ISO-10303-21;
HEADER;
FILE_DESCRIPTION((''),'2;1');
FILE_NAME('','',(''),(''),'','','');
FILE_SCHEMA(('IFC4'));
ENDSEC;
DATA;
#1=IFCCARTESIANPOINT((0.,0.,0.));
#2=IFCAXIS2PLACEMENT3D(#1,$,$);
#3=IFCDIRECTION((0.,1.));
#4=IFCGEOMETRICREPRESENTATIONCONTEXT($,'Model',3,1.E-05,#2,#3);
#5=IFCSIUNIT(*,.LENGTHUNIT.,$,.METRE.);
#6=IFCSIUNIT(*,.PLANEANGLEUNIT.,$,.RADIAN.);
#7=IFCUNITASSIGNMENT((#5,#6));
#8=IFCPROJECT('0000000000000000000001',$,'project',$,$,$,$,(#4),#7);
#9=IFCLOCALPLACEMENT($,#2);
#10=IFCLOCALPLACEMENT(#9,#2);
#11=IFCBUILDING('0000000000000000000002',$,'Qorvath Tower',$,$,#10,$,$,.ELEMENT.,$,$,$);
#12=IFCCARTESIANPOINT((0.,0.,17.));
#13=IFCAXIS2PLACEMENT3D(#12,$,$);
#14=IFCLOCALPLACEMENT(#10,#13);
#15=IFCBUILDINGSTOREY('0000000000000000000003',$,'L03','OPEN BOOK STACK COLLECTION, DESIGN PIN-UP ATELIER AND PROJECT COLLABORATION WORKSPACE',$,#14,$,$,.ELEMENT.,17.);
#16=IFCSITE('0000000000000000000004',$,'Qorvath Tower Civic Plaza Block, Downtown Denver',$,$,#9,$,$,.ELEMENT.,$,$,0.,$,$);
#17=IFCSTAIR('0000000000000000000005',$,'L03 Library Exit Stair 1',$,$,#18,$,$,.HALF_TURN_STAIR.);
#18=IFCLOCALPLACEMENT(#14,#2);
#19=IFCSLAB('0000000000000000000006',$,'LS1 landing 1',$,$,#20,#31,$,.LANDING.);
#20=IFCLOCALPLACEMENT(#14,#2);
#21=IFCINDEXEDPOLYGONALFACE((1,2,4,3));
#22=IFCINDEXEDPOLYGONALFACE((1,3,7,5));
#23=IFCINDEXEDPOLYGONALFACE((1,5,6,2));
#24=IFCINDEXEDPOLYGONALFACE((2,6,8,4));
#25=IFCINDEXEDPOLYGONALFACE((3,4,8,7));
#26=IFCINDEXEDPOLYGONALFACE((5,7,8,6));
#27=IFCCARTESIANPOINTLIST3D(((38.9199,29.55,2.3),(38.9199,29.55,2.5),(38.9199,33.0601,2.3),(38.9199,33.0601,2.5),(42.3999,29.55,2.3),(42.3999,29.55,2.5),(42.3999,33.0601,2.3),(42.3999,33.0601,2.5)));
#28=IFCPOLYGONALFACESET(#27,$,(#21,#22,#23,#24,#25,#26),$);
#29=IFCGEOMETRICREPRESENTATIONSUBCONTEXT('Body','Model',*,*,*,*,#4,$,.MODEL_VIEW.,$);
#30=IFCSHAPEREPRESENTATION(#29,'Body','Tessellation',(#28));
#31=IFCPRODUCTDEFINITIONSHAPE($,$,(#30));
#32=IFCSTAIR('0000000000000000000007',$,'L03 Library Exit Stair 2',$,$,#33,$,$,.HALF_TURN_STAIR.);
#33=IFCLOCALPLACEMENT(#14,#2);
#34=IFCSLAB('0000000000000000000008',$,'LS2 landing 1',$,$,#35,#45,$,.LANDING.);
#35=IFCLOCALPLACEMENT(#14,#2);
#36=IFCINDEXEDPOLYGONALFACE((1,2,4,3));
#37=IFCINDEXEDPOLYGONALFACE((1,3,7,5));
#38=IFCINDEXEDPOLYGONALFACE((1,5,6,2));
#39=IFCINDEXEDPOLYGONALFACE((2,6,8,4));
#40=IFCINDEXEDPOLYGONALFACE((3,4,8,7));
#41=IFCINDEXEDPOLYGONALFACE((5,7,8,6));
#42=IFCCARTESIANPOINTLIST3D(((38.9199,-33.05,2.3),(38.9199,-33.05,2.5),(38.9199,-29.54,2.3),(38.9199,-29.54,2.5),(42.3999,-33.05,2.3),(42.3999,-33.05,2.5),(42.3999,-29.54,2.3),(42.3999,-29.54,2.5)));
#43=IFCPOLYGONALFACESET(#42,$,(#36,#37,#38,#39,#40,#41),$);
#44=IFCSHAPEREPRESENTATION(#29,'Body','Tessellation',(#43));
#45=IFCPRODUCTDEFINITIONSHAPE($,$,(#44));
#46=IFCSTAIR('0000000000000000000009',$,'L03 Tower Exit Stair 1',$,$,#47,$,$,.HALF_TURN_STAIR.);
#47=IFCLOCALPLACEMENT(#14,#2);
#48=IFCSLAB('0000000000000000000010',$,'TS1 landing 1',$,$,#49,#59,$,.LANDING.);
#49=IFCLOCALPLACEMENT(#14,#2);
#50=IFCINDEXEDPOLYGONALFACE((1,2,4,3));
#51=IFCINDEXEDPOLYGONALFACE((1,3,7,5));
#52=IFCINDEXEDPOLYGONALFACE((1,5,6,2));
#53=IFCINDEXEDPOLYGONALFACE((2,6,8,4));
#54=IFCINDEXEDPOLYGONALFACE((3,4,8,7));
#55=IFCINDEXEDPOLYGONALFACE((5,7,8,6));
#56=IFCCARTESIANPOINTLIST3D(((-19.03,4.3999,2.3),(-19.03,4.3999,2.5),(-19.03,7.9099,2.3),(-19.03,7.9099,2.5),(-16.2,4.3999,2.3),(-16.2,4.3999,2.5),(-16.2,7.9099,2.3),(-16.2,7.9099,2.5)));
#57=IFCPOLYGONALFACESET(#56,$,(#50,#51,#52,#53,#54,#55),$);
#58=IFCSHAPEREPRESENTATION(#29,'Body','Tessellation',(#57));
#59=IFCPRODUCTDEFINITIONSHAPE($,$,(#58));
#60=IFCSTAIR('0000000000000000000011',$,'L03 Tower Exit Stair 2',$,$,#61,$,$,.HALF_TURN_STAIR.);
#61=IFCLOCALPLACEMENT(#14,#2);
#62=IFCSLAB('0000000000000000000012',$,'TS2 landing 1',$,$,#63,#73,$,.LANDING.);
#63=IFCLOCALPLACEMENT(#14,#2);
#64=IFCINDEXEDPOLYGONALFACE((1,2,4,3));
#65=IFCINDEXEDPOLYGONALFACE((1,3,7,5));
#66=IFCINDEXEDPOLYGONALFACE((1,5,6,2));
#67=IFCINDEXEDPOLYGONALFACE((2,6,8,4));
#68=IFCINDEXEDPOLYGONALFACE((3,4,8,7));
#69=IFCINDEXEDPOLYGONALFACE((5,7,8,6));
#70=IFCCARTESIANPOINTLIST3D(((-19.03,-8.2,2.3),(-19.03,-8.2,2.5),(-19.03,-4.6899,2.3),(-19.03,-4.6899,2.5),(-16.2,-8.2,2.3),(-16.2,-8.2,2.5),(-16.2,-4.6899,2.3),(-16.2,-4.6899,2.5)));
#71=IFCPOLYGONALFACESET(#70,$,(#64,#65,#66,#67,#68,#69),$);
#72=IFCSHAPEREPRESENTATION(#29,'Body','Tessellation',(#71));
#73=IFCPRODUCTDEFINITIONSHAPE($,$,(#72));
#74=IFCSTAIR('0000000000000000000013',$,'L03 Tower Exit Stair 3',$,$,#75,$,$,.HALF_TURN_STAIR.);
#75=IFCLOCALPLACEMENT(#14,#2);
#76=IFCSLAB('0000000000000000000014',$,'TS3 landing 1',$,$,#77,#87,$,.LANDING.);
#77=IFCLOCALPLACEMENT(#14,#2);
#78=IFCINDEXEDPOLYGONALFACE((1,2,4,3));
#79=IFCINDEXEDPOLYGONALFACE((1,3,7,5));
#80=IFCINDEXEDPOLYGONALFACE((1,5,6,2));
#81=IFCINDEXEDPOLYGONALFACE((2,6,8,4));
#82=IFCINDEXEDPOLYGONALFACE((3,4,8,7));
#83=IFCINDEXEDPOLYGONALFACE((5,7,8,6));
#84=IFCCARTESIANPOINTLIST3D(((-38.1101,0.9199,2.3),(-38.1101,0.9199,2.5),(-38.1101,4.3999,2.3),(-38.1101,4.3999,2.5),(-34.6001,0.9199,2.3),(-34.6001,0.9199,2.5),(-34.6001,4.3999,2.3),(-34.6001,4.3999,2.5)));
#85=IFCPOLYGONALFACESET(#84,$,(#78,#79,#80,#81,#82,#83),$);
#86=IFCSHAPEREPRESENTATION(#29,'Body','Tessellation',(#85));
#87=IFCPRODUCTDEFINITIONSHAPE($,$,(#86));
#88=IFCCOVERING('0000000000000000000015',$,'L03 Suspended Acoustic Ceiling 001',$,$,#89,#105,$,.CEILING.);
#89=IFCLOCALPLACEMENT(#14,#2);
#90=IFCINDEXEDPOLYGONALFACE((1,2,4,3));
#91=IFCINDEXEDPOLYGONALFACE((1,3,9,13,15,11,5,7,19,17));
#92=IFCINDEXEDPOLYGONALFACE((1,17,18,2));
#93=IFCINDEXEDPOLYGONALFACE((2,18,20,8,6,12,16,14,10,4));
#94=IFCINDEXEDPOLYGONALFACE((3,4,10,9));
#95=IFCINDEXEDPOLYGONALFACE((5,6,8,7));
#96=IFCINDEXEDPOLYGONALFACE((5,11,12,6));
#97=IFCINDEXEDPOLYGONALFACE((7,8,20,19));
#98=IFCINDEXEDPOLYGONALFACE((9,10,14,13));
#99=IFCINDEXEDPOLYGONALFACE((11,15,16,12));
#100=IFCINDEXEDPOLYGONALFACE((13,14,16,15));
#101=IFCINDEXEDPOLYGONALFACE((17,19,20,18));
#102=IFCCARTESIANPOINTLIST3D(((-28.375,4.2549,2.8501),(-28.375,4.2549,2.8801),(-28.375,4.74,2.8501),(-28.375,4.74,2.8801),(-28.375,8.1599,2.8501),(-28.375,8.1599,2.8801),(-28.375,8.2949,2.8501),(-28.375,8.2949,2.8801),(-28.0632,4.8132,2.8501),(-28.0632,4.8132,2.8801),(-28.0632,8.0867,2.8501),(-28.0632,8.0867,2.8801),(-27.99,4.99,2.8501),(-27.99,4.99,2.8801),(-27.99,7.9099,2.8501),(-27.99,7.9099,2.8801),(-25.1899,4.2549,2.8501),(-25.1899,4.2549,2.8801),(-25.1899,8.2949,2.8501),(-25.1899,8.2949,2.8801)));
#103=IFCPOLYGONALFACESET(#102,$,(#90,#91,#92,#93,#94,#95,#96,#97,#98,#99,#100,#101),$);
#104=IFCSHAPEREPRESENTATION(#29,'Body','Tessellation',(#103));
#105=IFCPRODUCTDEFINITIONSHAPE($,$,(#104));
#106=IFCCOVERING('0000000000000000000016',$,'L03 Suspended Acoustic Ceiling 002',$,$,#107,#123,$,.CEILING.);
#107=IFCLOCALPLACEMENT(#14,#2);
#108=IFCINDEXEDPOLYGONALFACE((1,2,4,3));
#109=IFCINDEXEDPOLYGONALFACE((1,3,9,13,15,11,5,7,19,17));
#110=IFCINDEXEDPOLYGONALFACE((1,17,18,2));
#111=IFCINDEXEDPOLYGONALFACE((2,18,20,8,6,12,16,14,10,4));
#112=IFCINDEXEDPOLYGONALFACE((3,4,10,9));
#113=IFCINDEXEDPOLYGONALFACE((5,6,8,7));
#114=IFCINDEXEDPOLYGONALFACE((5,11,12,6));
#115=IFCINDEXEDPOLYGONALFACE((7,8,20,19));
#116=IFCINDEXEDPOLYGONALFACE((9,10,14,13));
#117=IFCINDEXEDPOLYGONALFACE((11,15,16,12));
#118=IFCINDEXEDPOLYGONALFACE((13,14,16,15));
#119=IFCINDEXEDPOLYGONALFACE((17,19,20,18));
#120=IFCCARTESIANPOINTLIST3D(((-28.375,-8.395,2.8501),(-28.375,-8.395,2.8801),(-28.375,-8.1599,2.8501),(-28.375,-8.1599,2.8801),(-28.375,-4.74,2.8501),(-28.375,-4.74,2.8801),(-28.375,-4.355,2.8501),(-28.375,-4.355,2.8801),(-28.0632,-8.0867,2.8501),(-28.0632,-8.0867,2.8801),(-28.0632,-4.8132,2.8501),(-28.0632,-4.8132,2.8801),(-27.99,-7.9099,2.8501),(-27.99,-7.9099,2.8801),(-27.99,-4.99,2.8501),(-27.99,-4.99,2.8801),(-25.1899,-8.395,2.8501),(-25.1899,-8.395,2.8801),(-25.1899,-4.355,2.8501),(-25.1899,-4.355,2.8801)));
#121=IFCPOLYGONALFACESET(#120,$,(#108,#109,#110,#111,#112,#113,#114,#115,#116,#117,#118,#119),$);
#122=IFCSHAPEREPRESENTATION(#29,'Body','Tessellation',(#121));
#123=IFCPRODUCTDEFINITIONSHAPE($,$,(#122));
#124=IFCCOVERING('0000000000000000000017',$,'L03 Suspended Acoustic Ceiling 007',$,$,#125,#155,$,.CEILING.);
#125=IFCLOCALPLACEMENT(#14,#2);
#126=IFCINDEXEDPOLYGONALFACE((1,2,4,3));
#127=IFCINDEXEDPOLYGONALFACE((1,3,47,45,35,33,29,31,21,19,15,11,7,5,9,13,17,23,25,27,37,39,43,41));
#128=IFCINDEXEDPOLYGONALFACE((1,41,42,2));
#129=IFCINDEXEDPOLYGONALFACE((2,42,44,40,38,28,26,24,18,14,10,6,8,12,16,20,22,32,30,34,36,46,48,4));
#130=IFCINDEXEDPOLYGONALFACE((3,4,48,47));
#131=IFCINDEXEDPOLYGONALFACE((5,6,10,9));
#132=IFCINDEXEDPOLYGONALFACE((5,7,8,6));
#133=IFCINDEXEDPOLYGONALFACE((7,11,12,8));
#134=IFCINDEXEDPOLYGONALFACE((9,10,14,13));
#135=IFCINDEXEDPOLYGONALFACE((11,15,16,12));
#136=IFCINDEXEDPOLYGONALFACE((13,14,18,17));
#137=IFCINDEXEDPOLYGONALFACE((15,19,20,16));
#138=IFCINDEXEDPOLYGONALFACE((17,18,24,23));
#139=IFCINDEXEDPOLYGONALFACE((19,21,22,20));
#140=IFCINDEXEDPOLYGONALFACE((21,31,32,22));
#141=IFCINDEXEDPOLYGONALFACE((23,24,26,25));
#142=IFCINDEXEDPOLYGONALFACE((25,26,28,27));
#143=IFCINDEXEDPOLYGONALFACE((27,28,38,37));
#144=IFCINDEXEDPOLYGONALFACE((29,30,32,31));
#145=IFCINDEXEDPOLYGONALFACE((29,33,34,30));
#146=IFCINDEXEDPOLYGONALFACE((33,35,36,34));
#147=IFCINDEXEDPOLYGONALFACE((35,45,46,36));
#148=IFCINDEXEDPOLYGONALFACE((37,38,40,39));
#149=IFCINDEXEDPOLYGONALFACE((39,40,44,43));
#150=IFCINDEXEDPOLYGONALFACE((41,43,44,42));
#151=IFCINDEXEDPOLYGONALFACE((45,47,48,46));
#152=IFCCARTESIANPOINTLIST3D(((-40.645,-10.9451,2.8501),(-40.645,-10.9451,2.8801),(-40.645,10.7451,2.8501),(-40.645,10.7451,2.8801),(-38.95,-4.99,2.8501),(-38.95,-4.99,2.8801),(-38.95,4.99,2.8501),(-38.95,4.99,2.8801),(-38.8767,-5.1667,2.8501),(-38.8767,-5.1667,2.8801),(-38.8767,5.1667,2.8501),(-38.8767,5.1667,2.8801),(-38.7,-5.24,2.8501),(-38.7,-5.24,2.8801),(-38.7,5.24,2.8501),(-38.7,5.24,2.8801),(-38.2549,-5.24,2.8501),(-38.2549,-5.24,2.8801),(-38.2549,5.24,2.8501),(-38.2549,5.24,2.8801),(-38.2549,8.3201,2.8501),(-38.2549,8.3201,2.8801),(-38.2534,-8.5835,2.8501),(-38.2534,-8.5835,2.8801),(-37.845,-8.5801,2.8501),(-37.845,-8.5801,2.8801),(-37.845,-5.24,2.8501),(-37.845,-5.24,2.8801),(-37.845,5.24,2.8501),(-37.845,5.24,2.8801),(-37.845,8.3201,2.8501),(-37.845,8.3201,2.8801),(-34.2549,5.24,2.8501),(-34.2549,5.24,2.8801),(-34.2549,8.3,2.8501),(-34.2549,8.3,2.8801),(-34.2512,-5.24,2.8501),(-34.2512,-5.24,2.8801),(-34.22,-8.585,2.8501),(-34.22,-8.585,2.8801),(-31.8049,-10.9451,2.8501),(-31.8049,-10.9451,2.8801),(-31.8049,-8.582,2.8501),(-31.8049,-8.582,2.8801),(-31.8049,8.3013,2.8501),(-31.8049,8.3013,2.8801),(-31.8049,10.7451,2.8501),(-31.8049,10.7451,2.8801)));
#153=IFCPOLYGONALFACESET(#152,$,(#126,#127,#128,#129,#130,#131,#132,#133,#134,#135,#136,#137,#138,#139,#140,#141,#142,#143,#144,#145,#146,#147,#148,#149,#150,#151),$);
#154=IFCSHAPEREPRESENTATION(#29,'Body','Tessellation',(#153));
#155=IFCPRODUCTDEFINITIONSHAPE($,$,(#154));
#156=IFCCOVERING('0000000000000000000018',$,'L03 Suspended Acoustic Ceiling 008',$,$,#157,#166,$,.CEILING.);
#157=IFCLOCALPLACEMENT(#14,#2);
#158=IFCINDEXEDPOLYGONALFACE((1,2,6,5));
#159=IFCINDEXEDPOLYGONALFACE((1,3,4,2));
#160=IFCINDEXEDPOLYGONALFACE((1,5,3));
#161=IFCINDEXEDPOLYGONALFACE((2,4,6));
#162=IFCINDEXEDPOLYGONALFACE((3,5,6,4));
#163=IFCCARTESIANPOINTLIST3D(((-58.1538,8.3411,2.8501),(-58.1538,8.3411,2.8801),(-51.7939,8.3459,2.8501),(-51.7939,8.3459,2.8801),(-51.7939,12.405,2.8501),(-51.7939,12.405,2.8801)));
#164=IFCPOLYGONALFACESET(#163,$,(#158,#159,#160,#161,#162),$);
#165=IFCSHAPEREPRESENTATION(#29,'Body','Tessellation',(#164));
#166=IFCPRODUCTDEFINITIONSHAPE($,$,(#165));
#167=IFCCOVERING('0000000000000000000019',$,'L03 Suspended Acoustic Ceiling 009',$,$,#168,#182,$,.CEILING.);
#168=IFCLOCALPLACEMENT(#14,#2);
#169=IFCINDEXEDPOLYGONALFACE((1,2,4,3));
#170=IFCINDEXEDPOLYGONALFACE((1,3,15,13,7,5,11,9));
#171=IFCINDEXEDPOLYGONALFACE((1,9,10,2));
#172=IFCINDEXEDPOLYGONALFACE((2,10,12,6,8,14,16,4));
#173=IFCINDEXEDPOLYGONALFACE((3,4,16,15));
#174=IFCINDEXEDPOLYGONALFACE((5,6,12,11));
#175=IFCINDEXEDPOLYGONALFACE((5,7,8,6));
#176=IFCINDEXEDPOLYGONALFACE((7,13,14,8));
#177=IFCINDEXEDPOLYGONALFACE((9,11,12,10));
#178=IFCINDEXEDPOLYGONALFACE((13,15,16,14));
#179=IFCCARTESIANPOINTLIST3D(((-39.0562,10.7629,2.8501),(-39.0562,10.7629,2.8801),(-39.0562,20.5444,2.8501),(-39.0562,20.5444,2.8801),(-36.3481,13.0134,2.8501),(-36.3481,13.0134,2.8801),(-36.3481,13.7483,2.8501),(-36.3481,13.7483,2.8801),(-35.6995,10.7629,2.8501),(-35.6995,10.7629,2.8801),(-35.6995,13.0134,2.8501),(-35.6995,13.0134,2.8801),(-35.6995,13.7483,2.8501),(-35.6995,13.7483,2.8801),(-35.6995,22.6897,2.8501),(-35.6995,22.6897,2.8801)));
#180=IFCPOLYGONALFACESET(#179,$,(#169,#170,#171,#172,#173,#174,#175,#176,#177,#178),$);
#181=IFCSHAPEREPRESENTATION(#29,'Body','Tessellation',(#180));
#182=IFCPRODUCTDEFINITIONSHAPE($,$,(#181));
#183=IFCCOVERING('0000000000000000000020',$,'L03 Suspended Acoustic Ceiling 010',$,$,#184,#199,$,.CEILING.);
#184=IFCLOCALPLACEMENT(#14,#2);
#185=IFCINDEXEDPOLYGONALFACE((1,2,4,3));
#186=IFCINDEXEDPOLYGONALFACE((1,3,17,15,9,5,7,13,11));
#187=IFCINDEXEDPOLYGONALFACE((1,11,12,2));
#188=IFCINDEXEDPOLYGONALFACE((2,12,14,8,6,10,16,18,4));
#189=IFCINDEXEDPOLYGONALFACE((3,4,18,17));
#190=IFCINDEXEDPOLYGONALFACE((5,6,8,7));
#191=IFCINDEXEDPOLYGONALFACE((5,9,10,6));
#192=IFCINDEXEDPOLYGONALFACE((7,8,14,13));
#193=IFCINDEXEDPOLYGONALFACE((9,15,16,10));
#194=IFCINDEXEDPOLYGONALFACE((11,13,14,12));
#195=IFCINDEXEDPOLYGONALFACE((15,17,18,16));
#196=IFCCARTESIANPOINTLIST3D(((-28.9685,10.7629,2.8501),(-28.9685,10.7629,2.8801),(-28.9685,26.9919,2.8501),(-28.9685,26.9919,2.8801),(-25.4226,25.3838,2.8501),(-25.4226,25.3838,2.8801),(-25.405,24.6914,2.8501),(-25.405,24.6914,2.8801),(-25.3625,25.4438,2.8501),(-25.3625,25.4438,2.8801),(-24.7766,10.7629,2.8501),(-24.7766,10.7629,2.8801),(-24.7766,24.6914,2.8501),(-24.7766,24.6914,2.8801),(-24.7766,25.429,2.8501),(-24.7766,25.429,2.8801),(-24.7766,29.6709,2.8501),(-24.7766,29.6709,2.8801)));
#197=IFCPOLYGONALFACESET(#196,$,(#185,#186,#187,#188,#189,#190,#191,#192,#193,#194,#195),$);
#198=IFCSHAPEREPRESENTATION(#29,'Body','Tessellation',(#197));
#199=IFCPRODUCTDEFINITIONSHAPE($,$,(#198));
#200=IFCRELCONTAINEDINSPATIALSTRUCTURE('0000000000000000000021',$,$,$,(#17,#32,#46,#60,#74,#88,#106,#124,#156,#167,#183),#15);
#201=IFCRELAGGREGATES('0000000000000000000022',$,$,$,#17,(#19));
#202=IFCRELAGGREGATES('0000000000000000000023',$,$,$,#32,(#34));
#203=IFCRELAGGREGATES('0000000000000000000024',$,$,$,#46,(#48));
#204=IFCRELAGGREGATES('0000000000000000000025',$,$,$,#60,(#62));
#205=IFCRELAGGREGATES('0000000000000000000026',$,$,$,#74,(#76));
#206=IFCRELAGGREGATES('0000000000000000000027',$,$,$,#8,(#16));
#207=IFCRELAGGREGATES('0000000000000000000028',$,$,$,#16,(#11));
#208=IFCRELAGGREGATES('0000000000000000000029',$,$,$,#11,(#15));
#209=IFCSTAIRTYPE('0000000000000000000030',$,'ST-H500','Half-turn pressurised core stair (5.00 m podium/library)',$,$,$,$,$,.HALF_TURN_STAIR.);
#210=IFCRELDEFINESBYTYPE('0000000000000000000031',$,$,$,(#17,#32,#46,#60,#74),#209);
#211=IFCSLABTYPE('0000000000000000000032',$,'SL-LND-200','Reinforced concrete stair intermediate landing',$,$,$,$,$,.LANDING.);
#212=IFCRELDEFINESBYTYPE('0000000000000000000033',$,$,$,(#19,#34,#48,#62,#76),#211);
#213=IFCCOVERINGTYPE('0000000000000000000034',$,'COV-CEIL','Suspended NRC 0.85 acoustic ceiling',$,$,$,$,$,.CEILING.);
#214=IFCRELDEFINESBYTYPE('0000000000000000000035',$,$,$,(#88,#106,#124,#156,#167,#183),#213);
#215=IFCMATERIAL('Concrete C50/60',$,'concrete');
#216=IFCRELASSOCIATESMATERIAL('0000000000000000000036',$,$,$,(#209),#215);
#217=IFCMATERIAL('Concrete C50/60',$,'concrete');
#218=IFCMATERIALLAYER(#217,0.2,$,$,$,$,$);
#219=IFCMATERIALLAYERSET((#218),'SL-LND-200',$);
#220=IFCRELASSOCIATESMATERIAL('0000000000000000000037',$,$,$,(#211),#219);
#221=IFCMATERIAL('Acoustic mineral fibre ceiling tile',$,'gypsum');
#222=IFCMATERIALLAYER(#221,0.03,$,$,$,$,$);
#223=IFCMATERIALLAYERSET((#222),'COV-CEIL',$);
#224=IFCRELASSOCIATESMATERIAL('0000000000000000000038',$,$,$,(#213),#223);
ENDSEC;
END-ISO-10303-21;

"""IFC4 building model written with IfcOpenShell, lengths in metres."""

from ifc_helpers import new_model, si_unit, direction, frame, origin, place, context, subcontext, project, spatial, polyline, outline, extrude, material, layer, layer_set, type_object, element, aggregate, save


model = new_model("IFC4")

# Units and contexts
model_context = context("Model", 3, precision=1e-05, world=origin(), true_north=direction((0.0, 1.0)))
body_context = subcontext(model_context, "Body", "Model", "MODEL_VIEW")
ifc_project = project(units=[si_unit("LENGTHUNIT", "METRE"), si_unit("PLANEANGLEUNIT", "RADIAN")], contexts=[model_context])

# Site, building, storey
site_placement = place(None, origin())
site = spatial("IfcSite", under=ifc_project, at=site_placement, Name="Qorvath Tower Civic Plaza Block, Downtown Denver", CompositionType="ELEMENT", RefElevation=0.0)
building_placement = place(site_placement, origin())
building = spatial("IfcBuilding", under=site, at=building_placement, Name="Qorvath Tower", CompositionType="ELEMENT")
storey_placement = place(building_placement, frame((0.0, 0.0, 17.0)))
storey = spatial("IfcBuildingStorey", under=building, at=storey_placement, Name="L03", Description="OPEN BOOK STACK COLLECTION, DESIGN PIN-UP ATELIER AND PROJECT COLLABORATION WORKSPACE", CompositionType="ELEMENT", Elevation=17.0)

# Stairs, slabs
ifc_material_1 = material(Name="Concrete C50/60", Category="concrete")
stair_type = type_object("IfcStairType", Name="ST-H500", Description="Half-turn pressurised core stair (5.00 m podium/library)", PredefinedType="HALF_TURN_STAIR", material=ifc_material_1)
stair_1_placement = place(storey_placement, origin())
stair_1 = element("IfcStair", 1, at=stair_1_placement, inside=storey, type_object=stair_type, Name="L03 Library Exit Stair 1", PredefinedType="HALF_TURN_STAIR")
ifc_material_2 = material(Name="Concrete C50/60", Category="concrete")
ifc_layer_1 = layer(ifc_material_2, 0.2)
ifc_layer_set_1 = layer_set([ifc_layer_1], Name="SL-LND-200")
slab_type = type_object("IfcSlabType", Name="SL-LND-200", Description="Reinforced concrete stair intermediate landing", PredefinedType="LANDING", material=ifc_layer_set_1)
slab_1_placement = place(storey_placement, frame((0.0, 0.0, 2.3)))
slab_1 = element("IfcSlab", 2, at=slab_1_placement, type_object=slab_type, Name="LS1 landing 1", PredefinedType="LANDING", context=body_context, shape_type="SweptSolid", body=[
    extrude(outline(polyline([(38.9199, 29.55), (42.3999, 29.55), (42.3999, 33.0601), (38.9199, 33.0601), (38.9199, 29.55)])), origin(), (0.0, 0.0, 1.0), 0.2),
])
aggregate(stair_1, [slab_1])
stair_2_placement = place(storey_placement, origin())
stair_2 = element("IfcStair", 3, at=stair_2_placement, inside=storey, type_object=stair_type, Name="L03 Library Exit Stair 2", PredefinedType="HALF_TURN_STAIR")
slab_2_placement = place(storey_placement, frame((0.0, 0.0, 2.3)))
slab_2 = element("IfcSlab", 4, at=slab_2_placement, type_object=slab_type, Name="LS2 landing 1", PredefinedType="LANDING", context=body_context, shape_type="SweptSolid", body=[
    extrude(outline(polyline([(38.9199, -33.05), (42.3999, -33.05), (42.3999, -29.54), (38.9199, -29.54), (38.9199, -33.05)])), origin(), (0.0, 0.0, 1.0), 0.2),
])
aggregate(stair_2, [slab_2])
stair_3_placement = place(storey_placement, origin())
stair_3 = element("IfcStair", 5, at=stair_3_placement, inside=storey, type_object=stair_type, Name="L03 Tower Exit Stair 1", PredefinedType="HALF_TURN_STAIR")
slab_3_placement = place(storey_placement, frame((0.0, 0.0, 2.3)))
slab_3 = element("IfcSlab", 6, at=slab_3_placement, type_object=slab_type, Name="TS1 landing 1", PredefinedType="LANDING", context=body_context, shape_type="SweptSolid", body=[
    extrude(outline(polyline([(-19.03, 4.3999), (-16.2, 4.3999), (-16.2, 7.9099), (-19.03, 7.9099), (-19.03, 4.3999)])), origin(), (0.0, 0.0, 1.0), 0.2),
])
aggregate(stair_3, [slab_3])
stair_4_placement = place(storey_placement, origin())
stair_4 = element("IfcStair", 7, at=stair_4_placement, inside=storey, type_object=stair_type, Name="L03 Tower Exit Stair 2", PredefinedType="HALF_TURN_STAIR")
slab_4_placement = place(storey_placement, frame((0.0, 0.0, 2.3)))
slab_4 = element("IfcSlab", 8, at=slab_4_placement, type_object=slab_type, Name="TS2 landing 1", PredefinedType="LANDING", context=body_context, shape_type="SweptSolid", body=[
    extrude(outline(polyline([(-19.03, -8.2), (-16.2, -8.2), (-16.2, -4.6899), (-19.03, -4.6899), (-19.03, -8.2)])), origin(), (0.0, 0.0, 1.0), 0.2),
])
aggregate(stair_4, [slab_4])
stair_5_placement = place(storey_placement, origin())
stair_5 = element("IfcStair", 9, at=stair_5_placement, inside=storey, type_object=stair_type, Name="L03 Tower Exit Stair 3", PredefinedType="HALF_TURN_STAIR")
slab_5_placement = place(storey_placement, frame((0.0, 0.0, 2.3)))
slab_5 = element("IfcSlab", 10, at=slab_5_placement, type_object=slab_type, Name="TS3 landing 1", PredefinedType="LANDING", context=body_context, shape_type="SweptSolid", body=[
    extrude(outline(polyline([(-34.6001, 0.9199), (-34.6001, 4.3999), (-38.1101, 4.3999), (-38.1101, 0.9199), (-34.6001, 0.9199)])), origin(), (0.0, 0.0, 1.0), 0.2),
])
aggregate(stair_5, [slab_5])

# Coverings
ifc_material_3 = material(Name="Acoustic mineral fibre ceiling tile", Category="gypsum")
ifc_layer_2 = layer(ifc_material_3, 0.03)
ifc_layer_set_2 = layer_set([ifc_layer_2], Name="COV-CEIL")
covering_type_1 = type_object("IfcCoveringType", Name="COV-CEIL", Description="Suspended NRC 0.85 acoustic ceiling", PredefinedType="CEILING", material=ifc_layer_set_2)
covering_1_placement = place(storey_placement, frame((0.0, 0.0, 2.8501)))
element("IfcCovering", 11, at=covering_1_placement, inside=storey, type_object=covering_type_1, Name="L03 Suspended Acoustic Ceiling 001", PredefinedType="CEILING", context=body_context, shape_type="SweptSolid", body=[
    extrude(outline(polyline([(-25.1899, 4.2549), (-25.1899, 8.2949), (-28.375, 8.2949), (-28.375, 8.1599), (-28.0632, 8.0867), (-27.99, 7.9099), (-27.99, 4.99), (-28.0632, 4.8132), (-28.375, 4.74), (-28.375, 4.2549), (-25.1899, 4.2549)])), origin(), (0.0, 0.0, 1.0), 0.03),
])
covering_2_placement = place(storey_placement, frame((0.0, 0.0, 2.8501)))
element("IfcCovering", 12, at=covering_2_placement, inside=storey, type_object=covering_type_1, Name="L03 Suspended Acoustic Ceiling 002", PredefinedType="CEILING", context=body_context, shape_type="SweptSolid", body=[
    extrude(outline(polyline([(-25.1899, -8.395), (-25.1899, -4.355), (-28.375, -4.355), (-28.375, -4.74), (-28.0632, -4.8132), (-27.99, -4.99), (-27.99, -7.9099), (-28.0632, -8.0867), (-28.375, -8.1599), (-28.375, -8.395), (-25.1899, -8.395)])), origin(), (0.0, 0.0, 1.0), 0.03),
])
covering_3_placement = place(storey_placement, frame((0.0, 0.0, 2.8501)))
element("IfcCovering", 13, at=covering_3_placement, inside=storey, type_object=covering_type_1, Name="L03 Suspended Acoustic Ceiling 007", PredefinedType="CEILING", context=body_context, shape_type="SweptSolid", body=[
    extrude(outline(polyline([(-31.8049, -10.9451), (-31.8049, -8.582), (-34.22, -8.585), (-34.2512, -5.24), (-37.845, -5.24), (-37.845, -8.5801), (-38.2534, -8.5835), (-38.2549, -5.24), (-38.7, -5.24), (-38.8767, -5.1667), (-38.95, -4.99), (-38.95, 4.99), (-38.8767, 5.1667), (-38.7, 5.24), (-38.2549, 5.24), (-38.2549, 8.3201), (-37.845, 8.3201), (-37.845, 5.24), (-34.2549, 5.24), (-34.2549, 8.3), (-31.8049, 8.3013), (-31.8049, 10.7451), (-40.645, 10.7451), (-40.645, -10.9451), (-31.8049, -10.9451)])), origin(), (0.0, 0.0, 1.0), 0.03),
])
covering_4_placement = place(storey_placement, frame((0.0, 0.0, 2.8501)))
element("IfcCovering", 14, at=covering_4_placement, inside=storey, type_object=covering_type_1, Name="L03 Suspended Acoustic Ceiling 008", PredefinedType="CEILING", context=body_context, shape_type="SweptSolid", body=[
    extrude(outline(polyline([(-51.7939, 8.3459), (-51.7939, 12.405), (-58.1538, 8.3411), (-51.7939, 8.3459)])), origin(), (0.0, 0.0, 1.0), 0.03),
])
covering_5_placement = place(storey_placement, frame((0.0, 0.0, 2.8501)))
element("IfcCovering", 15, at=covering_5_placement, inside=storey, type_object=covering_type_1, Name="L03 Suspended Acoustic Ceiling 009", PredefinedType="CEILING", context=body_context, shape_type="SweptSolid", body=[
    extrude(outline(polyline([(-39.0562, 10.7629), (-35.6995, 10.7629), (-35.6995, 13.0134), (-36.3481, 13.0134), (-36.3481, 13.7483), (-35.6995, 13.7483), (-35.6995, 22.6897), (-39.0562, 20.5444), (-39.0562, 10.7629)])), origin(), (0.0, 0.0, 1.0), 0.03),
])
covering_6_placement = place(storey_placement, frame((0.0, 0.0, 2.8501)))
element("IfcCovering", 16, at=covering_6_placement, inside=storey, type_object=covering_type_1, Name="L03 Suspended Acoustic Ceiling 010", PredefinedType="CEILING", context=body_context, shape_type="SweptSolid", body=[
    extrude(outline(polyline([(-28.9685, 10.7629), (-24.7766, 10.7629), (-24.7766, 24.6914), (-25.405, 24.6914), (-25.4226, 25.3838), (-25.3625, 25.4438), (-24.7766, 25.429), (-24.7766, 29.6709), (-28.9685, 26.9919), (-28.9685, 10.7629)])), origin(), (0.0, 0.0, 1.0), 0.03),
])

save(model, "model.ifc")
